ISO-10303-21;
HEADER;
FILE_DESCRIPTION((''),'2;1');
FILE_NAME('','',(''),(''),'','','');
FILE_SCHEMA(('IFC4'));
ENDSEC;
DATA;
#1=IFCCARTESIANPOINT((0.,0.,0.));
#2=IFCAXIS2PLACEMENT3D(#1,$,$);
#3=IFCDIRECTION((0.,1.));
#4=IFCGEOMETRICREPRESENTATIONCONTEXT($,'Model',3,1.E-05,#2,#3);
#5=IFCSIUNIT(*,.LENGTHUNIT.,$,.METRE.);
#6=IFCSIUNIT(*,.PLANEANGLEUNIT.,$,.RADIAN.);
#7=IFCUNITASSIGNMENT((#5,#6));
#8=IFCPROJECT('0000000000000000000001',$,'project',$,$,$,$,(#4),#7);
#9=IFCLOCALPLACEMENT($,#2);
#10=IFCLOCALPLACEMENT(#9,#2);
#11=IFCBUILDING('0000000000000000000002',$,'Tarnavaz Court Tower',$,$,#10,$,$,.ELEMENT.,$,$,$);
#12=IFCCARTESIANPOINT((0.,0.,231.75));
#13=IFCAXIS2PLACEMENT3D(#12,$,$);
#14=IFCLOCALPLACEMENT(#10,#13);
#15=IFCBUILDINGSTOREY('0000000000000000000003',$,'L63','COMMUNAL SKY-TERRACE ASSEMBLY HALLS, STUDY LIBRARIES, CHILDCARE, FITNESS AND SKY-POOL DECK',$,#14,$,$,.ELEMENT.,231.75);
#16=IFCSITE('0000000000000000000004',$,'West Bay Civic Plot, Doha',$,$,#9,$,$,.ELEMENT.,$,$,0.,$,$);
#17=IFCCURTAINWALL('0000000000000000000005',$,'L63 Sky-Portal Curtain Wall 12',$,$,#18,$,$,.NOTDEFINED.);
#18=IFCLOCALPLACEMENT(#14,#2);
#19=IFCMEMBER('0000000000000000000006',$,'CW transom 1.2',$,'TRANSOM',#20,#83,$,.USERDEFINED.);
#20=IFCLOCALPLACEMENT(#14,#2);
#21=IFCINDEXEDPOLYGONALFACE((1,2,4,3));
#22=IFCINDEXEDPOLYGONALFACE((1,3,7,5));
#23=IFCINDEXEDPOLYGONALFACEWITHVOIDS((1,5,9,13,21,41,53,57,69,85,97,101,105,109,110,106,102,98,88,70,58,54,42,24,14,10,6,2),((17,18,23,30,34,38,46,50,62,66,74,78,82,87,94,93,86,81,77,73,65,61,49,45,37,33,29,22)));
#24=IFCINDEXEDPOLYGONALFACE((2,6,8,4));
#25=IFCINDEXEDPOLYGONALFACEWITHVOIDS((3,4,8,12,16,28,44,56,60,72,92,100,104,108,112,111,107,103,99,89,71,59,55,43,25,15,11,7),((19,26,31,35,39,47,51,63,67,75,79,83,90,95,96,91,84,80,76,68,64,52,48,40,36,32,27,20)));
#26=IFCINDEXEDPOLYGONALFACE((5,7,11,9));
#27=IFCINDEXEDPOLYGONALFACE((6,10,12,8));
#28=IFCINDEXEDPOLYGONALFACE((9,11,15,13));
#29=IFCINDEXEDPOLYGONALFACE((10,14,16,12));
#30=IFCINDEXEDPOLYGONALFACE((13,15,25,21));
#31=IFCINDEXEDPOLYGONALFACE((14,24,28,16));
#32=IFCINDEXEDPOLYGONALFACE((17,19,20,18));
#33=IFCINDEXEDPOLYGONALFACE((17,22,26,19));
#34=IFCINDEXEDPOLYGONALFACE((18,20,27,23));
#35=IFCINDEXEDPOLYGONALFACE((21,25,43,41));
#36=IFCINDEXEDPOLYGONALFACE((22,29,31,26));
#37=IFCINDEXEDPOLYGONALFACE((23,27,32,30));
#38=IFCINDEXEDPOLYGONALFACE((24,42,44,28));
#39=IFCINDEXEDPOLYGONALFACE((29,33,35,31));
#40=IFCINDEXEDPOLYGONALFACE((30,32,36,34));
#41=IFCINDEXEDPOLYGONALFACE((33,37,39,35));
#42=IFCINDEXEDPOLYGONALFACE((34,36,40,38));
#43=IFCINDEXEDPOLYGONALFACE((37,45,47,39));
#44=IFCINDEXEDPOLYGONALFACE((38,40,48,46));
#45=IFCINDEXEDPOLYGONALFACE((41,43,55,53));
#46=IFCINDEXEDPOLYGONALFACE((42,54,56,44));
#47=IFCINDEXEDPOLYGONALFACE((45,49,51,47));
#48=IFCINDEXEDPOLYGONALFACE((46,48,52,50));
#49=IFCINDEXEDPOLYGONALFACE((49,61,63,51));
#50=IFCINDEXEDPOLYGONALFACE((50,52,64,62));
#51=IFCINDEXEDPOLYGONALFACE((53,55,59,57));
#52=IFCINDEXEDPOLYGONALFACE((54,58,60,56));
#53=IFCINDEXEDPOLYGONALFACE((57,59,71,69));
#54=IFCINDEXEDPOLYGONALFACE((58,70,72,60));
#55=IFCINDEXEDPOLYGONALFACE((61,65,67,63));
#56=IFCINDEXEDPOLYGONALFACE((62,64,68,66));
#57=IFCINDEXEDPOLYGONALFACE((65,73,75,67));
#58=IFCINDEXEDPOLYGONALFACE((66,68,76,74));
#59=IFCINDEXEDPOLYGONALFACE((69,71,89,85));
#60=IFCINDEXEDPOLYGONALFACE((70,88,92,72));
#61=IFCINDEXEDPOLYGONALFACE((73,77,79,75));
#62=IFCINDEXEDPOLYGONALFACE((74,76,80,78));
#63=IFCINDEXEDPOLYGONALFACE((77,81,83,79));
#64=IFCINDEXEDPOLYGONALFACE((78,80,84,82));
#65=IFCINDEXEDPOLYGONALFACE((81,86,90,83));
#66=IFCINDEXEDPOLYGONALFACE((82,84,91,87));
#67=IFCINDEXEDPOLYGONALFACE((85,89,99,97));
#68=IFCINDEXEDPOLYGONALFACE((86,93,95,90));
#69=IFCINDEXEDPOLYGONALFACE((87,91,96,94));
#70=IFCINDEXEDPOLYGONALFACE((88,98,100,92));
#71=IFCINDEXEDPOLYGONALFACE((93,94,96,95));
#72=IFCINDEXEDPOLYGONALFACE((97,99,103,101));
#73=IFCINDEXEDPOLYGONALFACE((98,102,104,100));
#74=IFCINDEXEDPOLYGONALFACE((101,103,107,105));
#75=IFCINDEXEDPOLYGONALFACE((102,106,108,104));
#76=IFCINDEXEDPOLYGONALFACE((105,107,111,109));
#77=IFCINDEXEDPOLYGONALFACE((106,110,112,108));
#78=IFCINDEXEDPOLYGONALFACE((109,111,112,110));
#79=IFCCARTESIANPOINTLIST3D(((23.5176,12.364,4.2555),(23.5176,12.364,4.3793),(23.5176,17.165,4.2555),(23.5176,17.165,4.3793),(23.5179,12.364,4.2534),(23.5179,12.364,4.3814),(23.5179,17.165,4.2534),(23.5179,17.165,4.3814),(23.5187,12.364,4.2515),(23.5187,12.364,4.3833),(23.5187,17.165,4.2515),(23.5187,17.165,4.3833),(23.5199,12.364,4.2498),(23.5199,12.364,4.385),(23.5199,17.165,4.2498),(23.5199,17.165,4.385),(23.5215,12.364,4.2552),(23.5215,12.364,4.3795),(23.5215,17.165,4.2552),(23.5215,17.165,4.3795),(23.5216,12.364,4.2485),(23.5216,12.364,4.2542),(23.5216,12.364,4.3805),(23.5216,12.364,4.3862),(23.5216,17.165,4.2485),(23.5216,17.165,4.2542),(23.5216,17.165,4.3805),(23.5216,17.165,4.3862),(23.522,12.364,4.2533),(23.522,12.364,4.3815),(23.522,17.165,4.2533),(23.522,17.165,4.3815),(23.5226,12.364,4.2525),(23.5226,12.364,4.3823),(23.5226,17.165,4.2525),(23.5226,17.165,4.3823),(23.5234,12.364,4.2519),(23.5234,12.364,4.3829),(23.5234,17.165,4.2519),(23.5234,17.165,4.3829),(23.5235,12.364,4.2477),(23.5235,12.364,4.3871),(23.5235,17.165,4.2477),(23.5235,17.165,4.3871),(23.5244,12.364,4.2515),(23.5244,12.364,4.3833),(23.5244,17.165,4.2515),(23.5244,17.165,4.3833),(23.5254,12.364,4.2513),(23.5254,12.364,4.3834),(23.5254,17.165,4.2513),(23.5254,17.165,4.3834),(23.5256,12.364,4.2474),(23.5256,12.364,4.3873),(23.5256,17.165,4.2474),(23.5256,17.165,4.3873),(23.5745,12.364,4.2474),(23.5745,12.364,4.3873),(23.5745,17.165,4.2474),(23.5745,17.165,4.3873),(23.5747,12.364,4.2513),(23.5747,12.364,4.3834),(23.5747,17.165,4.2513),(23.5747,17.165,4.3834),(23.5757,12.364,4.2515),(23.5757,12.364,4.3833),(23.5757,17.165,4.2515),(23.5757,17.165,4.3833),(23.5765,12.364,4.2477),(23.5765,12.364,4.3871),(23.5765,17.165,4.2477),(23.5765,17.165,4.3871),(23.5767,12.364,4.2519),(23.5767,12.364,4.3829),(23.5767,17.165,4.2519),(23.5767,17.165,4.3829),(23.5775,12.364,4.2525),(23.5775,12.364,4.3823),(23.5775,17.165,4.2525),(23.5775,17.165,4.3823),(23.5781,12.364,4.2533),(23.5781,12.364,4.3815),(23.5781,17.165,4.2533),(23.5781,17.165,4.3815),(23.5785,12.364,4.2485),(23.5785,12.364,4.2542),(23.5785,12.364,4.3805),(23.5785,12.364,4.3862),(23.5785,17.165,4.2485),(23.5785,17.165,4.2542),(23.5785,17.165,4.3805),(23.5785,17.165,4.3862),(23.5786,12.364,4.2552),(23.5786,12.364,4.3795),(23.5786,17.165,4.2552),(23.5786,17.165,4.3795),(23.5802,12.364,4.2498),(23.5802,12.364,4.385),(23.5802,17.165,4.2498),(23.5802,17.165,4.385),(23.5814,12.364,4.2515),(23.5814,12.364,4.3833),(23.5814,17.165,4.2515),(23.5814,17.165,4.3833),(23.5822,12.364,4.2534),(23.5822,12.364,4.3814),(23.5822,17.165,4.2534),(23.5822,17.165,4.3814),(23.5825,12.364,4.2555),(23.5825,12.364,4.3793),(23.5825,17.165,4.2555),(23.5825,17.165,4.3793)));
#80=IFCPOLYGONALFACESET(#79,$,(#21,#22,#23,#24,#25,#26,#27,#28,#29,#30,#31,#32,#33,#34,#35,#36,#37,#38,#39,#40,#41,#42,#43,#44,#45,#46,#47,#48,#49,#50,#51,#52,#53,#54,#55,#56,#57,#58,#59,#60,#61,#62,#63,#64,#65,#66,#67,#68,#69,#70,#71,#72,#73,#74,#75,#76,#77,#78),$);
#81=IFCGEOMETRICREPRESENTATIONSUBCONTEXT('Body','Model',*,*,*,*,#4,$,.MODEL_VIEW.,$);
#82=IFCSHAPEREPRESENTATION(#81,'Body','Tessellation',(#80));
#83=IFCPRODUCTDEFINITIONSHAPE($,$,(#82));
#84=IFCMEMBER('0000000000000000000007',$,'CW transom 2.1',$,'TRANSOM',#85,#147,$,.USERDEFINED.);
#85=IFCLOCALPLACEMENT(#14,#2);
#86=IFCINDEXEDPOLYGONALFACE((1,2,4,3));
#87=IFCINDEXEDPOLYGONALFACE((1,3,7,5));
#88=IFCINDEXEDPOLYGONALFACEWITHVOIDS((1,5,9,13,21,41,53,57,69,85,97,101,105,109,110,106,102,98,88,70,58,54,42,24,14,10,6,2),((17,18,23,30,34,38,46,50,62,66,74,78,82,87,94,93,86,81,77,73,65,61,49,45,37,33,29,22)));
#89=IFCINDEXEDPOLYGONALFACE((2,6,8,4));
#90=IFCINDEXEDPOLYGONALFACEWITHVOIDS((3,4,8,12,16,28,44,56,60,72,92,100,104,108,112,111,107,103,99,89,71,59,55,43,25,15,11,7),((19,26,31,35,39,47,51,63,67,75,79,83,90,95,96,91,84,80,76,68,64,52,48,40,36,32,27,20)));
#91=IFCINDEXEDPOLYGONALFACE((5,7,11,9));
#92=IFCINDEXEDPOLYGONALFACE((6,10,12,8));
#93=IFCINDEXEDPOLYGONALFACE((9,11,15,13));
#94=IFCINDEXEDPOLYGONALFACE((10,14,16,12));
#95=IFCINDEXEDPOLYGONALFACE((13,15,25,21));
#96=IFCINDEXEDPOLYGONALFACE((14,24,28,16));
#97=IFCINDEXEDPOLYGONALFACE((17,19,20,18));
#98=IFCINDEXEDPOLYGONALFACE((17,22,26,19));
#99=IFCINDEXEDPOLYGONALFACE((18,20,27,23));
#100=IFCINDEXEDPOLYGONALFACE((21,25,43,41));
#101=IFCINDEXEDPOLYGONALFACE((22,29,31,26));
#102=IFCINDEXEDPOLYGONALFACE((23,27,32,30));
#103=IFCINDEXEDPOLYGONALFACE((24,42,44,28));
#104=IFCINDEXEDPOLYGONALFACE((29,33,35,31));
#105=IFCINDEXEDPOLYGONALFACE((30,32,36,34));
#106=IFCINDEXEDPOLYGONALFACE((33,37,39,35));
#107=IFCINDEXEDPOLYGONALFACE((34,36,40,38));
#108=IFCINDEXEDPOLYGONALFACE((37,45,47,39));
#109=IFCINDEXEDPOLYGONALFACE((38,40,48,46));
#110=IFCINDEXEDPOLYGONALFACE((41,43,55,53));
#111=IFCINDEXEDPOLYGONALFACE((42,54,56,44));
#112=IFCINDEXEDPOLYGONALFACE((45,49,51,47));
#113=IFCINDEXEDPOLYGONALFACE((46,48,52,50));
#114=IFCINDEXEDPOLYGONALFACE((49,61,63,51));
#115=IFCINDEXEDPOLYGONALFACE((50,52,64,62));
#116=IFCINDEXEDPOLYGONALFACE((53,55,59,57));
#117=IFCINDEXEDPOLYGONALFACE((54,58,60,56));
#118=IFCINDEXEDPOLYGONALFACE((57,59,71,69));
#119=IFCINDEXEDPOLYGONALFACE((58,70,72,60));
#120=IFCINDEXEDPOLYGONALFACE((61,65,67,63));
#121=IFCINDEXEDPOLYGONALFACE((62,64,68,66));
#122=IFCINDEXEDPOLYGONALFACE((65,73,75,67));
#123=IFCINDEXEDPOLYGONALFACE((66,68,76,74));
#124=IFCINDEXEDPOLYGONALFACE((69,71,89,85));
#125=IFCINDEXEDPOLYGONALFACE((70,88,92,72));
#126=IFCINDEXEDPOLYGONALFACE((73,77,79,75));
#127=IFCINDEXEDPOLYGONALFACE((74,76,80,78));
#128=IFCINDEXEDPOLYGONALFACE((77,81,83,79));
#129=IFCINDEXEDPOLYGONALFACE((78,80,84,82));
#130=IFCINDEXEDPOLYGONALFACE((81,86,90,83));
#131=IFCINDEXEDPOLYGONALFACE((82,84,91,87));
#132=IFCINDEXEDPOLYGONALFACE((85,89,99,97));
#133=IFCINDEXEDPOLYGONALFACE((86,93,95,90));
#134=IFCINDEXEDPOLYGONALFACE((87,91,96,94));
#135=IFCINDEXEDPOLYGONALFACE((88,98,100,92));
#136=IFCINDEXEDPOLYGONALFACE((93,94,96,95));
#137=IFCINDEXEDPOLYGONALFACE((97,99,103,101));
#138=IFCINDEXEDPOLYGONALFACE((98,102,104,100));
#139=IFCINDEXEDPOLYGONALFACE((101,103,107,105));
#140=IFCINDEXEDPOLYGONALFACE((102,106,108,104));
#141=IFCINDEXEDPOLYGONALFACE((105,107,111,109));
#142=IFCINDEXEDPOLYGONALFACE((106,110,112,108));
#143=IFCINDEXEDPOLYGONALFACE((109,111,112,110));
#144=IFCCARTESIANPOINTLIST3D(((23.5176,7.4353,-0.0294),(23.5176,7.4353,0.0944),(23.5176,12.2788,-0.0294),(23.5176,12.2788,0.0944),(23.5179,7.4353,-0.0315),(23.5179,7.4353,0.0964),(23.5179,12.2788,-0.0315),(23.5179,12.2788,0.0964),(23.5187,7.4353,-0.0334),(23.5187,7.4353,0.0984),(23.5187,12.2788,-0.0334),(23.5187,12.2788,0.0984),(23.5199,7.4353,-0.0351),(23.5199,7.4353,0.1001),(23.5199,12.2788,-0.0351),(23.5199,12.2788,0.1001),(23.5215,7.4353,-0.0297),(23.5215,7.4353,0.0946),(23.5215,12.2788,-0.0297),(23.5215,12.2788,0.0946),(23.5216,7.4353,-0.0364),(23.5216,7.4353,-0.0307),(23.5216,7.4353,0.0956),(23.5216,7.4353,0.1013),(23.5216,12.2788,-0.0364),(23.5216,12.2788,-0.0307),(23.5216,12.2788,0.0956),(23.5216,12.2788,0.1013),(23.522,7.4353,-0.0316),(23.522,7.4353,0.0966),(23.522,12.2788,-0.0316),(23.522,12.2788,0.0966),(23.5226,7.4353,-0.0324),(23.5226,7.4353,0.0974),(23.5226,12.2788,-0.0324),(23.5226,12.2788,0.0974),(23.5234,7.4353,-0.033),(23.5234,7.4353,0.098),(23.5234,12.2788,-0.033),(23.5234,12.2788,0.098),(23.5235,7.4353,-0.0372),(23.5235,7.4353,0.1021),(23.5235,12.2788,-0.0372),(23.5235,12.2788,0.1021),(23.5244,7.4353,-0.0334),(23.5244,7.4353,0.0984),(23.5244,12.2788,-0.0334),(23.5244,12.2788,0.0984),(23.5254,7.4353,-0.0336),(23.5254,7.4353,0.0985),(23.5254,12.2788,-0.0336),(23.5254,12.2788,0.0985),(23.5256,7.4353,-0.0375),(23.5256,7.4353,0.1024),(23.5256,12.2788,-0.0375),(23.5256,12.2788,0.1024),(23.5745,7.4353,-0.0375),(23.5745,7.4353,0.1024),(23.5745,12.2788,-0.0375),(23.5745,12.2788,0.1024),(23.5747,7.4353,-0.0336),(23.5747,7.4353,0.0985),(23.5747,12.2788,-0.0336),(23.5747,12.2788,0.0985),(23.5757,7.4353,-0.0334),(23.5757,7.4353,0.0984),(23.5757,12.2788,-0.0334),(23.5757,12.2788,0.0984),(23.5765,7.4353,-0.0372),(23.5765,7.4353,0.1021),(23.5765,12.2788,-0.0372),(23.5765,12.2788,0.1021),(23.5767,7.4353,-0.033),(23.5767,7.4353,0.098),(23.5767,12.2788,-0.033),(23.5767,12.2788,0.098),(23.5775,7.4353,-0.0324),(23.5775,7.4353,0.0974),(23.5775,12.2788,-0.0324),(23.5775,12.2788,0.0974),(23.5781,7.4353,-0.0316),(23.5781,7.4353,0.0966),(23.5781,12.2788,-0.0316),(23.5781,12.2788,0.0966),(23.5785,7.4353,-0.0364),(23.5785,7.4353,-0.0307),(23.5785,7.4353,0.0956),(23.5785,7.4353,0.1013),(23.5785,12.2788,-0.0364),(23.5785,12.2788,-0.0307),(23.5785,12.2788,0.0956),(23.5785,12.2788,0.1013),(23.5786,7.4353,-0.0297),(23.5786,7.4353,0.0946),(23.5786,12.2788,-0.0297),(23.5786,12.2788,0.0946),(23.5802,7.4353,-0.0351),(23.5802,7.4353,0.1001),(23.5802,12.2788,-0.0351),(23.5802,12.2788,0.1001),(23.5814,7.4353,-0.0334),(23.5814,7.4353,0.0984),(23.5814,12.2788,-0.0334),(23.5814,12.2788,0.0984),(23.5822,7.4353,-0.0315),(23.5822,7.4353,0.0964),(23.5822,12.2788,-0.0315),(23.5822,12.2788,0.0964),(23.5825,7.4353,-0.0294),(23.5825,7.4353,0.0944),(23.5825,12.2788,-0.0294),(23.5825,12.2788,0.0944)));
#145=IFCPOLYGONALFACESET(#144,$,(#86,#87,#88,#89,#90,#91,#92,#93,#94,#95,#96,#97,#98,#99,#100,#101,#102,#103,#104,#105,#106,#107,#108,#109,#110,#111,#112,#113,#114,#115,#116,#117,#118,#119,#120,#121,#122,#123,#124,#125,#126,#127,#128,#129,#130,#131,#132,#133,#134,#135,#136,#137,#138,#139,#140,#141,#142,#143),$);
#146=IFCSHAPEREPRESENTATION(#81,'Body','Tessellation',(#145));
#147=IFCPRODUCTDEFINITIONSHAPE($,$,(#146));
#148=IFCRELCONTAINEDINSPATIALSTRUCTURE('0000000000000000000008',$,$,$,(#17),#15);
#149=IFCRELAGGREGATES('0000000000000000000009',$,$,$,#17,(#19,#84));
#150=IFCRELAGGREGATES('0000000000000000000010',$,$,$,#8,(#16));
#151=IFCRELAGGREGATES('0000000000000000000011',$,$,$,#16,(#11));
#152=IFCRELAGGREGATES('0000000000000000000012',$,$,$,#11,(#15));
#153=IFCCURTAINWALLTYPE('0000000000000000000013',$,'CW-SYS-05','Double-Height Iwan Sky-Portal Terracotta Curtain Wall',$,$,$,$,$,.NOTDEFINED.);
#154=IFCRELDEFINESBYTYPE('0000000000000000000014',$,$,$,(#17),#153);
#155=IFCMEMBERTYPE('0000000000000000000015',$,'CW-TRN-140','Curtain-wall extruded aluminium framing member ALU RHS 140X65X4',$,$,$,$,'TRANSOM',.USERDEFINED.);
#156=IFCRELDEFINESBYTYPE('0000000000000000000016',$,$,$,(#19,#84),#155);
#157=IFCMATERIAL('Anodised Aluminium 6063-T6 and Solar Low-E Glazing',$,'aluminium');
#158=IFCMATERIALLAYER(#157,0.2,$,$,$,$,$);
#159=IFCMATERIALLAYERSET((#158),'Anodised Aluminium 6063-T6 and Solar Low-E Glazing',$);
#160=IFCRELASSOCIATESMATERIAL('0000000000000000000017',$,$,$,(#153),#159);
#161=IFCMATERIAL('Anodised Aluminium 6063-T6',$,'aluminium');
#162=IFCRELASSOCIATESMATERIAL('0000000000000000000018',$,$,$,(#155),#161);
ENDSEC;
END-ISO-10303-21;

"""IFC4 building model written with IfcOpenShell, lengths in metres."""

from ifc_helpers import new_model, si_unit, direction, frame, origin, origin_2d, place, context, subcontext, project, spatial, hollow_rectangle, extrude, material, layer, layer_set, material_profile, profile_set, type_object, element, aggregate, save


model = new_model("IFC4")

# Units and contexts
model_context = context("Model", 3, precision=1e-05, world=origin(), true_north=direction((0.0, 1.0)))
body_context = subcontext(model_context, "Body", "Model", "MODEL_VIEW")
ifc_project = project(units=[si_unit("LENGTHUNIT", "METRE"), si_unit("PLANEANGLEUNIT", "RADIAN")], contexts=[model_context])

# Site, building, storey
site_placement = place(None, origin())
site = spatial("IfcSite", under=ifc_project, at=site_placement, Name="West Bay Civic Plot, Doha", CompositionType="ELEMENT", RefElevation=0.0)
building_placement = place(site_placement, origin())
building = spatial("IfcBuilding", under=site, at=building_placement, Name="Tarnavaz Court Tower", CompositionType="ELEMENT")
storey_placement = place(building_placement, frame((0.0, 0.0, 231.75)))
storey = spatial("IfcBuildingStorey", under=building, at=storey_placement, Name="L63", Description="COMMUNAL SKY-TERRACE ASSEMBLY HALLS, STUDY LIBRARIES, CHILDCARE, FITNESS AND SKY-POOL DECK", CompositionType="ELEMENT", Elevation=231.75)

# Curtain wall, members
ifc_material_1 = material(Name="Anodised Aluminium 6063-T6 and Solar Low-E Glazing", Category="aluminium")
ifc_layer_1 = layer(ifc_material_1, 0.2)
ifc_layer_set_1 = layer_set([ifc_layer_1], Name="Anodised Aluminium 6063-T6 and Solar Low-E Glazing")
curtain_wall_type = type_object("IfcCurtainWallType", Name="CW-SYS-05", Description="Double-Height Iwan Sky-Portal Terracotta Curtain Wall", PredefinedType="NOTDEFINED", material=ifc_layer_set_1)
curtain_wall_placement = place(storey_placement, origin())
curtain_wall = element("IfcCurtainWall", 1, at=curtain_wall_placement, inside=storey, type_object=curtain_wall_type, Name="L63 Sky-Portal Curtain Wall 12", PredefinedType="NOTDEFINED")
ifc_material_2 = material(Name="Anodised Aluminium 6063-T6", Category="aluminium")
ifc_material_profile_1 = material_profile(ifc_material_2, hollow_rectangle(XDim=0.0649, YDim=0.1399, WallThickness=0.0039, InnerFilletRadius=0.0039, OuterFilletRadius=0.0081, at=origin_2d()), Name="ALU RHS 140X65X4")
ifc_profile_set_1 = profile_set([ifc_material_profile_1], Name="Anodised Aluminium 6063-T6")
member_type_1 = type_object("IfcMemberType", Name="CW-TRN-140", Description="Curtain-wall extruded aluminium framing member ALU RHS 140X65X4", ElementType="TRANSOM", PredefinedType="USERDEFINED", material=ifc_profile_set_1)
member_1_placement = place(storey_placement, frame((23.55, 17.165, 4.3174), z_axis=(0.0, -1.0, 0.0), x_axis=(1.0, 0.0, 0.0)))
member_1 = element("IfcMember", 2, at=member_1_placement, type_object=member_type_1, Name="CW transom 1.2", ObjectType="TRANSOM", PredefinedType="USERDEFINED", context=body_context, shape_type="SweptSolid", body=[
    extrude(hollow_rectangle(XDim=0.0649, YDim=0.1399, WallThickness=0.0039, InnerFilletRadius=0.0039, OuterFilletRadius=0.0081, at=origin_2d()), origin(), (0.0, 0.0, 1.0), 4.801),
])
member_2_placement = place(storey_placement, frame((23.55, 12.2788, 0.0325), z_axis=(0.0, -1.0, 0.0), x_axis=(1.0, 0.0, 0.0)))
member_2 = element("IfcMember", 3, at=member_2_placement, type_object=member_type_1, Name="CW transom 2.1", ObjectType="TRANSOM", PredefinedType="USERDEFINED", context=body_context, shape_type="SweptSolid", body=[
    extrude(hollow_rectangle(XDim=0.0649, YDim=0.1399, WallThickness=0.0039, InnerFilletRadius=0.0039, OuterFilletRadius=0.0081, at=origin_2d()), origin(), (0.0, 0.0, 1.0), 4.8435),
])
aggregate(curtain_wall, [member_1, member_2])

save(model, "model.ifc")
